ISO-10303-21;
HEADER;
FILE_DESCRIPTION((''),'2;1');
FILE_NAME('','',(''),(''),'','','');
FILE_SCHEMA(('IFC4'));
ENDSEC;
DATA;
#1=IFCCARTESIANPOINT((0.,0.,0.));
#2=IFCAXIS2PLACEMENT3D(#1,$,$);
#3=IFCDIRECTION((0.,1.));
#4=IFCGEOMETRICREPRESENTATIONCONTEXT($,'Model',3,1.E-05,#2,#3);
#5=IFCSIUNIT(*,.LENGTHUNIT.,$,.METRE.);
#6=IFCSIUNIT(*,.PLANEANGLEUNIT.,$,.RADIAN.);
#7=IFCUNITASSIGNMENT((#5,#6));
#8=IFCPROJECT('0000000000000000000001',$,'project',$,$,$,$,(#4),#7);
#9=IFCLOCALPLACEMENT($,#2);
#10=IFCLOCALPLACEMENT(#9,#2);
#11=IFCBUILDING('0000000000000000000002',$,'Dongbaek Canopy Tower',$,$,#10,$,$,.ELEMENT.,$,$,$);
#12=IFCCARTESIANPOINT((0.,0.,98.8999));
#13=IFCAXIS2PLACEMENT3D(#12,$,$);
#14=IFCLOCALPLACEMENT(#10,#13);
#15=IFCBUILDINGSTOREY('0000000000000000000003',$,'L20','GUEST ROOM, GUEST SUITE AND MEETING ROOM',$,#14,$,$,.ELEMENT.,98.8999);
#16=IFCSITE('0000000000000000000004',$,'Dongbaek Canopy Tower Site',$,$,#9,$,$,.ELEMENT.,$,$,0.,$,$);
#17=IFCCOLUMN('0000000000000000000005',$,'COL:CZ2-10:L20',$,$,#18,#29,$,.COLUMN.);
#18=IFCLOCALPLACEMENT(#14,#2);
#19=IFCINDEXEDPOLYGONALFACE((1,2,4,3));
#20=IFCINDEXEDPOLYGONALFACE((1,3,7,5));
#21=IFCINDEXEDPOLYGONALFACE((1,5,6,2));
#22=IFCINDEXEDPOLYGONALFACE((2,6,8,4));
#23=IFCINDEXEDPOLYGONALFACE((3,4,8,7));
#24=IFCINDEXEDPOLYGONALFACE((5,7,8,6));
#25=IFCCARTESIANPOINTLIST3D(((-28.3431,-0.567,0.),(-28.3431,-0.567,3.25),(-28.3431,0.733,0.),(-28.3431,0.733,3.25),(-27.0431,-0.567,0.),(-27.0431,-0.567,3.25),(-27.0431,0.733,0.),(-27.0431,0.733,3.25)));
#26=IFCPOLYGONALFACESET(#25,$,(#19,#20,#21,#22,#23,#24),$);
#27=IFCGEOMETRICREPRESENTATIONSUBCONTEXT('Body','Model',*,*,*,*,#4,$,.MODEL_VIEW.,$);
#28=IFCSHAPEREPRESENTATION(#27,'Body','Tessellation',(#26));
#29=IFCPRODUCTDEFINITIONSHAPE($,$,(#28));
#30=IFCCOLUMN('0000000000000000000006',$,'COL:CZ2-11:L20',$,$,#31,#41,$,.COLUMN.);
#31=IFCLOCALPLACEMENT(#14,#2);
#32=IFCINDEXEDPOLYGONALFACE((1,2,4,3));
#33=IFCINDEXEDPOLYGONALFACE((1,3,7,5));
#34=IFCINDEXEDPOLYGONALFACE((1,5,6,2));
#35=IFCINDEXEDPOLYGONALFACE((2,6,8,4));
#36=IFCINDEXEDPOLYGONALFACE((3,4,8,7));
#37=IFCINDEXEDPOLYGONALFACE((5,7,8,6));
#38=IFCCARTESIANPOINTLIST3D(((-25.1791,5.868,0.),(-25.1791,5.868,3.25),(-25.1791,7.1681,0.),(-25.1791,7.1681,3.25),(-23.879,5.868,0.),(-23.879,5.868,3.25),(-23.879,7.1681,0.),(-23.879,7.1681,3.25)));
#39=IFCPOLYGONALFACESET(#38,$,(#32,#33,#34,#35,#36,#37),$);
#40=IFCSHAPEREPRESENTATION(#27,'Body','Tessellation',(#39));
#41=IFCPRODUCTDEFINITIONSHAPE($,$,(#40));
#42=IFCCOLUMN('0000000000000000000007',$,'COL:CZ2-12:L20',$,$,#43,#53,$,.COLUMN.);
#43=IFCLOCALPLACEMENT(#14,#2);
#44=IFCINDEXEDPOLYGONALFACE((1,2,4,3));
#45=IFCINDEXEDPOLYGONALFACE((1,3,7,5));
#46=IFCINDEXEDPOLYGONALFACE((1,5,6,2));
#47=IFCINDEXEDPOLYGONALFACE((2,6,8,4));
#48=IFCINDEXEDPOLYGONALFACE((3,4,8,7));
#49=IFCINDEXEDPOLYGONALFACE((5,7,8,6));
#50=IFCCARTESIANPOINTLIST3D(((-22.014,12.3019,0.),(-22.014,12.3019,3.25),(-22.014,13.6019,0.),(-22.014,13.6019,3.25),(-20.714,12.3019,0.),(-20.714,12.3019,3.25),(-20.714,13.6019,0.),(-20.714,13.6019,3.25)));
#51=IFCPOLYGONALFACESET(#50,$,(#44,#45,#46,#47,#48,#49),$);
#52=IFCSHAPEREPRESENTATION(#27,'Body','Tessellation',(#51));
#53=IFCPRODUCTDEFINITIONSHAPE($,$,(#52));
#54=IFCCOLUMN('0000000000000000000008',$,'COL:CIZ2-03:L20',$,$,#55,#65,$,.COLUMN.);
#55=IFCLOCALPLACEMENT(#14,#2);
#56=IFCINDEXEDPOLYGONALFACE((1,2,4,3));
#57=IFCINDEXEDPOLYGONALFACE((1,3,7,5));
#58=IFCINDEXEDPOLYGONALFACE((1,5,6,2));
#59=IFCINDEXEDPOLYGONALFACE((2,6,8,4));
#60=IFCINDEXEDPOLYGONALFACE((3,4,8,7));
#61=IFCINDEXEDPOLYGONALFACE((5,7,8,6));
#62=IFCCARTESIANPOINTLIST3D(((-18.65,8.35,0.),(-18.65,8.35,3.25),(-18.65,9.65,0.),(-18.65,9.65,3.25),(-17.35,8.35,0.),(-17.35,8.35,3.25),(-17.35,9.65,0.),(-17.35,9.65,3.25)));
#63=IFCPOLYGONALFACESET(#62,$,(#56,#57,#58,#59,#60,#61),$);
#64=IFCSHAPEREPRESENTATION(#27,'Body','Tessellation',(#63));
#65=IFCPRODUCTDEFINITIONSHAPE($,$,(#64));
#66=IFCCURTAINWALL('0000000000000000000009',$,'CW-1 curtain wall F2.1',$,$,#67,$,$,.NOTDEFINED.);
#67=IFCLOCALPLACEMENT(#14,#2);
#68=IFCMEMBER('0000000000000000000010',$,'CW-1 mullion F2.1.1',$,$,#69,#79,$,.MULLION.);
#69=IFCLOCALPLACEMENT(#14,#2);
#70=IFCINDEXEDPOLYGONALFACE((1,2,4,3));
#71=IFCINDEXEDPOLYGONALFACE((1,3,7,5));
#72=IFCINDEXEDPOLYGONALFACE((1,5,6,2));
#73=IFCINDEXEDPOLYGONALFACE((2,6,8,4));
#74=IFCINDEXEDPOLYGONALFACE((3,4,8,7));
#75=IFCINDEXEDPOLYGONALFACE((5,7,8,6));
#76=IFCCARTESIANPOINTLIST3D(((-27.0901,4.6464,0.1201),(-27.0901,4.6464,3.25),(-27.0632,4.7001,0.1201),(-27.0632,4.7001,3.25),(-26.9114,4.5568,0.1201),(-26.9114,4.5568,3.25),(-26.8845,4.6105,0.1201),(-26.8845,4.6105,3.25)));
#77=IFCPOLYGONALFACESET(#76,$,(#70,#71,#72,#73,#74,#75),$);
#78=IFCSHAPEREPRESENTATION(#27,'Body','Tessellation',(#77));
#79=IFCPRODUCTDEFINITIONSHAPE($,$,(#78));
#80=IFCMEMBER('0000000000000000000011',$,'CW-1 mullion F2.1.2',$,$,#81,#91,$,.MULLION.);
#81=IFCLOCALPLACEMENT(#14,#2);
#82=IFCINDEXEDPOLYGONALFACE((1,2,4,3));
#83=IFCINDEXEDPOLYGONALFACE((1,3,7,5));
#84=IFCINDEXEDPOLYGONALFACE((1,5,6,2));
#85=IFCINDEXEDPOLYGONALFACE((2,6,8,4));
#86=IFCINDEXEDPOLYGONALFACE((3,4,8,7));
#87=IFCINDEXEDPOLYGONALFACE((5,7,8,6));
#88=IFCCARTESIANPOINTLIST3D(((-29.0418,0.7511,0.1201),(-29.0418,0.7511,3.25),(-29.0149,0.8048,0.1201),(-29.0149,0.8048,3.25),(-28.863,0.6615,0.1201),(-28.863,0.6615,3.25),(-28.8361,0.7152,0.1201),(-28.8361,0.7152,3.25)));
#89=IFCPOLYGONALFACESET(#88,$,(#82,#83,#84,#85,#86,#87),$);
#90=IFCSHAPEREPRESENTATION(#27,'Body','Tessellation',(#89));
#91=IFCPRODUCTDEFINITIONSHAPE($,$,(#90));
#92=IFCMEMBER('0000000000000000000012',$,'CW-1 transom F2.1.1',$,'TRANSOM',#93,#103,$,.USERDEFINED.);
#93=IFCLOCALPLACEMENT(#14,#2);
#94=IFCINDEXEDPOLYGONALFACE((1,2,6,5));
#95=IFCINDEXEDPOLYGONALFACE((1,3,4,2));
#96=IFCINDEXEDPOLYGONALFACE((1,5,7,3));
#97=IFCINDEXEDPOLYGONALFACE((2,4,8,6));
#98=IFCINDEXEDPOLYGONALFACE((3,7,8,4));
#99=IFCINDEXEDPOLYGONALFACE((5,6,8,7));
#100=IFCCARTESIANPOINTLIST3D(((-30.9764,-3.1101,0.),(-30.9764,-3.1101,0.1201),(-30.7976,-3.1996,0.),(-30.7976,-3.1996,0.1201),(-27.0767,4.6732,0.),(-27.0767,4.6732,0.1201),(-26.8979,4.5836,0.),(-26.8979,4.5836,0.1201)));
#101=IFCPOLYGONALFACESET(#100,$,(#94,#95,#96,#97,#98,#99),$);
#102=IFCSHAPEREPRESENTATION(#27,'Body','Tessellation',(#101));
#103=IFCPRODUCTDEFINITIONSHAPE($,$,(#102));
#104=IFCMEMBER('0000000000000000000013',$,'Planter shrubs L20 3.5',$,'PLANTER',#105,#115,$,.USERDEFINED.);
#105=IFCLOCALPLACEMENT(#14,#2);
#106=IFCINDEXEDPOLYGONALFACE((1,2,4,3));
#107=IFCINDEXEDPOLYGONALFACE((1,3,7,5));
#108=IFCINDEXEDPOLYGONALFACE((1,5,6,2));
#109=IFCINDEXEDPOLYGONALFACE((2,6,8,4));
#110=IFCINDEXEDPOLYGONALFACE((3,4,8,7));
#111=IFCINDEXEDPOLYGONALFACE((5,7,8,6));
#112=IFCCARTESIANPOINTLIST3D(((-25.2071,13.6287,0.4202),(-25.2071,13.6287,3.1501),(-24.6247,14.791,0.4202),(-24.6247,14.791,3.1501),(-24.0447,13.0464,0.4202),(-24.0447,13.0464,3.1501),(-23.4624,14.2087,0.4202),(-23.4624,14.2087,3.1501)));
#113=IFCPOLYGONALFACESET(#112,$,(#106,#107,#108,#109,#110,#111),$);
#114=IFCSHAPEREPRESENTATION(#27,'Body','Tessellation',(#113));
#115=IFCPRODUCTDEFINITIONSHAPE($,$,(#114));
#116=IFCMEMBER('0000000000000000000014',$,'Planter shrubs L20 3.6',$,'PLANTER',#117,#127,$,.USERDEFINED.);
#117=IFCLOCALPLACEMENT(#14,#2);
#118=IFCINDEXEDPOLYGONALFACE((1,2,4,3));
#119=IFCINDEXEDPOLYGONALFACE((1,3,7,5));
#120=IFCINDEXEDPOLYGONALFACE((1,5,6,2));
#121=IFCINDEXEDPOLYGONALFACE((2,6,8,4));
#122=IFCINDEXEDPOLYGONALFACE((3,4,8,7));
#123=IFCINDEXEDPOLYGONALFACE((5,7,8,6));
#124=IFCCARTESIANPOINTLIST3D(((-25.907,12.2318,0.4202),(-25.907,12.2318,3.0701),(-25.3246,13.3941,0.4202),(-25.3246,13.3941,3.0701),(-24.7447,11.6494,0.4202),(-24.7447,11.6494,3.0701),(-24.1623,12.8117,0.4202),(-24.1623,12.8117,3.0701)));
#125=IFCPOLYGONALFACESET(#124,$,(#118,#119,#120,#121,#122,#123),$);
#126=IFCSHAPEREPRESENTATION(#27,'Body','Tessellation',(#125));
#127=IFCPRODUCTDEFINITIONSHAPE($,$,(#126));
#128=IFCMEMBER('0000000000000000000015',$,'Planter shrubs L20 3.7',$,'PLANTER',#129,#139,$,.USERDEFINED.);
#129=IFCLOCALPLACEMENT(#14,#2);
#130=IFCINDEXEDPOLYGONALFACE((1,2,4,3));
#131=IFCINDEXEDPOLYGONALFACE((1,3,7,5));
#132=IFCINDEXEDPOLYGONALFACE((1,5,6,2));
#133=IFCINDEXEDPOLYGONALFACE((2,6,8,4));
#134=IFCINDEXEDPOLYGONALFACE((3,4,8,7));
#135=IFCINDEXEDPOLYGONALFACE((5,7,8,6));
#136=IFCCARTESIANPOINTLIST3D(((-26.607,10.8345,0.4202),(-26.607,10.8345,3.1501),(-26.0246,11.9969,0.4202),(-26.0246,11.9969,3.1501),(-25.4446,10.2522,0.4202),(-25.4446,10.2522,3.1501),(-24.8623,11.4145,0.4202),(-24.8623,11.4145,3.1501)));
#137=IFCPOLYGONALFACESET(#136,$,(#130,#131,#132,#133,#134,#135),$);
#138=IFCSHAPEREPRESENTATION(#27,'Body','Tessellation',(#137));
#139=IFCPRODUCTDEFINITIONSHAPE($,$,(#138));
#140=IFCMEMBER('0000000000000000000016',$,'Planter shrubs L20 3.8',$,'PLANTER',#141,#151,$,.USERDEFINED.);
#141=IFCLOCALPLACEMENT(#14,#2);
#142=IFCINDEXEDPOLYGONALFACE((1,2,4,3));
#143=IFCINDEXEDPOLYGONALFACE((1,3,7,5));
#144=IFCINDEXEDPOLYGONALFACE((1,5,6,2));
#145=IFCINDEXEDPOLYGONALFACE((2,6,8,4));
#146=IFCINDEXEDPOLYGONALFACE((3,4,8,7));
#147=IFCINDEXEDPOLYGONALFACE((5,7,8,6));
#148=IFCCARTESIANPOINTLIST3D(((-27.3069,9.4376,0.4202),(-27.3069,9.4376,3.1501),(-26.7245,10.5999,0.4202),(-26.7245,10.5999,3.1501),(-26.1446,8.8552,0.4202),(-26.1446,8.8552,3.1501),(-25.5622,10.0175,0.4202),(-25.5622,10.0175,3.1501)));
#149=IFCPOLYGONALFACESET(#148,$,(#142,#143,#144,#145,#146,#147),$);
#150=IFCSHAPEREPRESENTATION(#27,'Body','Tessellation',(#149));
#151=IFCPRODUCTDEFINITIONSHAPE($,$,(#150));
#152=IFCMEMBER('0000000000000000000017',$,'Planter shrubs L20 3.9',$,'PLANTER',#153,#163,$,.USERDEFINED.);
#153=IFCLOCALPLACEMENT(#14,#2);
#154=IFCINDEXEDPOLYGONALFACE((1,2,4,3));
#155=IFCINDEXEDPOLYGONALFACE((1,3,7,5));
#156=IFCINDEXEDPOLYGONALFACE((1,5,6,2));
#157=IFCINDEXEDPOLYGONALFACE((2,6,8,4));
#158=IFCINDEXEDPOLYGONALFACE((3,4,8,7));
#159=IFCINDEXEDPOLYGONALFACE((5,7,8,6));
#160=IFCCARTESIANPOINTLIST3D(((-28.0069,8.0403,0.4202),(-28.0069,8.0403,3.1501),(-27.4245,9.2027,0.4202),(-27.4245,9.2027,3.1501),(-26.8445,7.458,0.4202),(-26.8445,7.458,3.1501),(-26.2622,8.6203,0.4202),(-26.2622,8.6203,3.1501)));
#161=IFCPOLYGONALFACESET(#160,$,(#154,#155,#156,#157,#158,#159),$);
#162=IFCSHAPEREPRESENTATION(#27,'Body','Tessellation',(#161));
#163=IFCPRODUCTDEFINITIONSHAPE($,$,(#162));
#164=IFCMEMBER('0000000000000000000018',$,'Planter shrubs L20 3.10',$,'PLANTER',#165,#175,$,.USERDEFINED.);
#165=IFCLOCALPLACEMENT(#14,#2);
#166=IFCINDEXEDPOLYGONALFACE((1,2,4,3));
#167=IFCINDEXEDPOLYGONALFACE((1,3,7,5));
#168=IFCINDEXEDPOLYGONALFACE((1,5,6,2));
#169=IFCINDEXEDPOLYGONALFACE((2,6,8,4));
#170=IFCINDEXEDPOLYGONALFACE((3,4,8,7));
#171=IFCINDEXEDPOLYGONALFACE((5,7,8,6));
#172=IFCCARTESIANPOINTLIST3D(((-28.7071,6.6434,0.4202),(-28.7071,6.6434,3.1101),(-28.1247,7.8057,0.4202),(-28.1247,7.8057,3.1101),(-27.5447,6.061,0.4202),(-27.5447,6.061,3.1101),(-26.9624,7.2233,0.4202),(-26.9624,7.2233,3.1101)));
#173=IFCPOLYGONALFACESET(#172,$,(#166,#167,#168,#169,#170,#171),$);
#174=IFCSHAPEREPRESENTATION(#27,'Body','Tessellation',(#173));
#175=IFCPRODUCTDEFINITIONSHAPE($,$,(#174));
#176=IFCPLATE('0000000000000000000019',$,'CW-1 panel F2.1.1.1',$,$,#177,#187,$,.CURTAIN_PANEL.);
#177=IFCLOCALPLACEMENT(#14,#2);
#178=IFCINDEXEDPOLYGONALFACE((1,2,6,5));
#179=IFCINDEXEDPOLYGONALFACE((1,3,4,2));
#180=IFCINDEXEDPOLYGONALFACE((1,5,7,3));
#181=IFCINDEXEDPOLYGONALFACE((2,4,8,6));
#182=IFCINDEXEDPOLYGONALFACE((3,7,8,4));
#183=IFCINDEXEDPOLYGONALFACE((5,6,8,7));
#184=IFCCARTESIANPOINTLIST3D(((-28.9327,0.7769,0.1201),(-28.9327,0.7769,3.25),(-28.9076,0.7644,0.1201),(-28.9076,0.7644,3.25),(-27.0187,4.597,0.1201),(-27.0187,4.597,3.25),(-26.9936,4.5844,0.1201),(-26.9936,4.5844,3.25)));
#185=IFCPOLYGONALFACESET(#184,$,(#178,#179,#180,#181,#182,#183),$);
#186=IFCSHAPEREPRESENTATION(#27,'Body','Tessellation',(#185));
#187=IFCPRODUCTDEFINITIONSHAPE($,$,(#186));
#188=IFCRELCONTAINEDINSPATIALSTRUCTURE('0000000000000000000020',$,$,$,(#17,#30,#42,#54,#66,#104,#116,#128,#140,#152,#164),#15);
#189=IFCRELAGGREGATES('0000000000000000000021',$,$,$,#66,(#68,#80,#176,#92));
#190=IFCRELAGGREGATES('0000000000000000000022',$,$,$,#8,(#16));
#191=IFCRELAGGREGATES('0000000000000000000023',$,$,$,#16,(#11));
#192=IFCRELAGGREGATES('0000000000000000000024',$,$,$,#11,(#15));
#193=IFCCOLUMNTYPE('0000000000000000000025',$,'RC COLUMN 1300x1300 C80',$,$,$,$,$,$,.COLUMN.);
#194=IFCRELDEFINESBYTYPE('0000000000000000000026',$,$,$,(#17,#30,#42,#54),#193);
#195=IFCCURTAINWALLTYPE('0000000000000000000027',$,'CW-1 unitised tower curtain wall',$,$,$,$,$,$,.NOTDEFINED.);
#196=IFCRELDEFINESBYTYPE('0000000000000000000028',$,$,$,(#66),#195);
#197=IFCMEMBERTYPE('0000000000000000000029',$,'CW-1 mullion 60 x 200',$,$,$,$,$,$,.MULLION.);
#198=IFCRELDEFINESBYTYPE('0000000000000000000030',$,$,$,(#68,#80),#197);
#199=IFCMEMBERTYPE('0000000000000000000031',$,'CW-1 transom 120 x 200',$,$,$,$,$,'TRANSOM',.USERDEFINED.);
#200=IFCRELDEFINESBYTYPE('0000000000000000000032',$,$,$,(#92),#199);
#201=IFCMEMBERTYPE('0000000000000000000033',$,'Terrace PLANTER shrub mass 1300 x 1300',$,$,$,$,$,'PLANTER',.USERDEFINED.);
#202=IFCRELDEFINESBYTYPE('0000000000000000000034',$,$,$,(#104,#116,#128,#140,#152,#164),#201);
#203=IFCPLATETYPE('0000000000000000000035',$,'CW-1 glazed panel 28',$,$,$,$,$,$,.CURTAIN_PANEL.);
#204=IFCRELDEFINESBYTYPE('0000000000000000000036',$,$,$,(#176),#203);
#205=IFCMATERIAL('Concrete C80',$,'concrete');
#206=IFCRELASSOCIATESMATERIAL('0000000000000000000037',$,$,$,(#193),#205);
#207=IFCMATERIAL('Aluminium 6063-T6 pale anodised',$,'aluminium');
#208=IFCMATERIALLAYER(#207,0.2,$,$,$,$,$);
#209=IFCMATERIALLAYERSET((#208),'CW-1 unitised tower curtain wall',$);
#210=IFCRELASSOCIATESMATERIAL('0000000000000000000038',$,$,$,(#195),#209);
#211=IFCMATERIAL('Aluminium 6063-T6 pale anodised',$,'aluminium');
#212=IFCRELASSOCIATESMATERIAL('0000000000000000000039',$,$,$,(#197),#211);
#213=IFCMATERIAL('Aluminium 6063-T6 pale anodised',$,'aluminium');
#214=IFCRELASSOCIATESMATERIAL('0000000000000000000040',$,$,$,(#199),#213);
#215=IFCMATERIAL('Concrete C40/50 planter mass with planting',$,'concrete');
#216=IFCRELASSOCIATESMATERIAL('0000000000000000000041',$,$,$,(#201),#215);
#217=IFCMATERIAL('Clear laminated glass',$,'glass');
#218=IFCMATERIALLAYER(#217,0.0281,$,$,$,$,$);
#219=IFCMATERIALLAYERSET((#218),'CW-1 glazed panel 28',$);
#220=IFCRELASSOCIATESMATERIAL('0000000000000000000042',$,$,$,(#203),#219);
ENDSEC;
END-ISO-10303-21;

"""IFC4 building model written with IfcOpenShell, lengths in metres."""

from ifc_helpers import new_model, si_unit, direction, frame, origin, origin_2d, place, context, subcontext, project, spatial, rectangle, extrude, material, layer, layer_set, material_profile, profile_set, type_object, element, aggregate, save


model = new_model("IFC4")

# Units and contexts
model_context = context("Model", 3, precision=1e-05, world=origin(), true_north=direction((0.0, 1.0)))
body_context = subcontext(model_context, "Body", "Model", "MODEL_VIEW")
ifc_project = project(units=[si_unit("LENGTHUNIT", "METRE"), si_unit("PLANEANGLEUNIT", "RADIAN")], contexts=[model_context])

# Site, building, storey
site_placement = place(None, origin())
site = spatial("IfcSite", under=ifc_project, at=site_placement, Name="Dongbaek Canopy Tower Site", CompositionType="ELEMENT", RefElevation=0.0)
building_placement = place(site_placement, origin())
building = spatial("IfcBuilding", under=site, at=building_placement, Name="Dongbaek Canopy Tower", CompositionType="ELEMENT")
storey_placement = place(building_placement, frame((0.0, 0.0, 98.8999)))
storey = spatial("IfcBuildingStorey", under=building, at=storey_placement, Name="L20", Description="GUEST ROOM, GUEST SUITE AND MEETING ROOM", CompositionType="ELEMENT", Elevation=98.8999)

# Columns
ifc_material_1 = material(Name="Concrete C80", Category="concrete")
ifc_material_profile_1 = material_profile(ifc_material_1, rectangle(XDim=1.3, YDim=1.3, at=origin_2d()), Name="RC COLUMN 1300x1300 C80")
ifc_profile_set_1 = profile_set([ifc_material_profile_1], Name="Concrete C80")
column_type = type_object("IfcColumnType", Name="RC COLUMN 1300x1300 C80", PredefinedType="COLUMN", material=ifc_profile_set_1)
for number, where, z_axis, x_axis, name in (
    (1, (-27.6931, 0.083, 0.0), (0.0, 0.0, 1.0), (1.0, 0.0, 0.0), "COL:CZ2-10:L20"),
    (2, (-24.5291, 6.5181, 0.0), (0.0, 0.0, 1.0), (1.0, 0.0, 0.0), "COL:CZ2-11:L20"),
    (3, (-21.364, 12.9519, 0.0), (0.0, 0.0, 1.0), (1.0, 0.0, 0.0), "COL:CZ2-12:L20"),
    (4, (-18.0, 9.0, 0.0), (0.0, 0.0, 1.0), (1.0, 0.0, 0.0), "COL:CIZ2-03:L20"),
):
    element("IfcColumn", number, at=place(storey_placement, frame(where, z_axis=z_axis, x_axis=x_axis)), inside=storey, type_object=column_type, Name=name, PredefinedType="COLUMN", context=body_context, shape_type="SweptSolid", body=[
        extrude(rectangle(XDim=1.3, YDim=1.3, at=origin_2d()), origin(), (0.0, 0.0, 1.0), 3.25),
    ])

# Curtain wall, members
ifc_material_2 = material(Name="Aluminium 6063-T6 pale anodised", Category="aluminium")
ifc_layer_1 = layer(ifc_material_2, 0.2)
ifc_layer_set_1 = layer_set([ifc_layer_1], Name="CW-1 unitised tower curtain wall")
curtain_wall_type = type_object("IfcCurtainWallType", Name="CW-1 unitised tower curtain wall", PredefinedType="NOTDEFINED", material=ifc_layer_set_1)
curtain_wall_placement = place(storey_placement, origin())
curtain_wall = element("IfcCurtainWall", 5, at=curtain_wall_placement, inside=storey, type_object=curtain_wall_type, Name="CW-1 curtain wall F2.1", PredefinedType="NOTDEFINED")
ifc_material_3 = material(Name="Aluminium 6063-T6 pale anodised", Category="aluminium")
ifc_material_profile_2 = material_profile(ifc_material_3, rectangle(XDim=0.2, YDim=0.0601, at=origin_2d()), Name="CW-1 mullion 60 x 200")
ifc_profile_set_2 = profile_set([ifc_material_profile_2], Name="Aluminium 6063-T6 pale anodised")
member_type_1 = type_object("IfcMemberType", Name="CW-1 mullion 60 x 200", PredefinedType="MULLION", material=ifc_profile_set_2)
member_1_placement = place(storey_placement, frame((-26.9873, 4.6284, 0.1201), z_axis=(0.0, 0.0, 1.0), x_axis=(-0.894056, 0.447956, 0.0)))
member_1 = element("IfcMember", 6, at=member_1_placement, type_object=member_type_1, Name="CW-1 mullion F2.1.1", PredefinedType="MULLION", context=body_context, shape_type="SweptSolid", body=[
    extrude(rectangle(XDim=0.2, YDim=0.0601, at=origin_2d()), origin(), (0.0, 0.0, 1.0), 3.1299),
])
member_2_placement = place(storey_placement, frame((-28.939, 0.7332, 0.1201), z_axis=(0.0, 0.0, 1.0), x_axis=(-0.894056, 0.447956, 0.0)))
member_2 = element("IfcMember", 7, at=member_2_placement, type_object=member_type_1, Name="CW-1 mullion F2.1.2", PredefinedType="MULLION", context=body_context, shape_type="SweptSolid", body=[
    extrude(rectangle(XDim=0.2, YDim=0.0601, at=origin_2d()), origin(), (0.0, 0.0, 1.0), 3.1299),
])
ifc_material_4 = material(Name="Aluminium 6063-T6 pale anodised", Category="aluminium")
ifc_material_profile_3 = material_profile(ifc_material_4, rectangle(XDim=0.2, YDim=0.1201, at=origin_2d()), Name="CW-1 transom 120 x 200")
ifc_profile_set_3 = profile_set([ifc_material_profile_3], Name="Aluminium 6063-T6 pale anodised")
member_type_2 = type_object("IfcMemberType", Name="CW-1 transom 120 x 200", ElementType="TRANSOM", PredefinedType="USERDEFINED", material=ifc_profile_set_3)
member_3_placement = place(storey_placement, frame((-26.9873, 4.6284, 0.0601), z_axis=(-0.447954, -0.894057, 0.0), x_axis=(0.894057, -0.447954, 0.0)))
member_3 = element("IfcMember", 8, at=member_3_placement, type_object=member_type_2, Name="CW-1 transom F2.1.1", ObjectType="TRANSOM", PredefinedType="USERDEFINED", context=body_context, shape_type="SweptSolid", body=[
    extrude(rectangle(XDim=0.2, YDim=0.1201, at=origin_2d()), origin(), (0.0, 0.0, 1.0), 8.7056),
])

# Members
ifc_material_5 = material(Name="Concrete C40/50 planter mass with planting", Category="concrete")
ifc_material_profile_4 = material_profile(ifc_material_5, rectangle(XDim=1.3, YDim=1.3, at=origin_2d()), Name="Terrace PLANTER shrub mass 1300 x 1300")
ifc_profile_set_4 = profile_set([ifc_material_profile_4], Name="Concrete C40/50 planter mass with planting")
member_type_3 = type_object("IfcMemberType", Name="Terrace PLANTER shrub mass 1300 x 1300", ElementType="PLANTER", PredefinedType="USERDEFINED", material=ifc_profile_set_4)
member_4_placement = place(storey_placement, frame((-24.3347, 13.9187, 0.4202), z_axis=(0.0, 0.0, 1.0), x_axis=(-0.894056, 0.447956, 0.0)))
element("IfcMember", 9, at=member_4_placement, inside=storey, type_object=member_type_3, Name="Planter shrubs L20 3.5", ObjectType="PLANTER", PredefinedType="USERDEFINED", context=body_context, shape_type="SweptSolid", body=[
    extrude(rectangle(XDim=1.3, YDim=1.3, at=origin_2d()), origin(), (0.0, 0.0, 1.0), 2.73),
])
member_5_placement = place(storey_placement, frame((-25.0347, 12.5217, 0.4202), z_axis=(0.0, 0.0, 1.0), x_axis=(-0.894056, 0.447956, 0.0)))
element("IfcMember", 10, at=member_5_placement, inside=storey, type_object=member_type_3, Name="Planter shrubs L20 3.6", ObjectType="PLANTER", PredefinedType="USERDEFINED", context=body_context, shape_type="SweptSolid", body=[
    extrude(rectangle(XDim=1.3, YDim=1.3, at=origin_2d()), origin(), (0.0, 0.0, 1.0), 2.6499),
])
for number, where, z_axis, x_axis, name in (
    (11, (-25.7346, 11.1245, 0.4202), (0.0, 0.0, 1.0), (-0.894056, 0.447956, 0.0), "Planter shrubs L20 3.7"),
    (12, (-26.4346, 9.7275, 0.4202), (0.0, 0.0, 1.0), (-0.894056, 0.447956, 0.0), "Planter shrubs L20 3.8"),
    (13, (-27.1345, 8.3303, 0.4202), (0.0, 0.0, 1.0), (-0.894056, 0.447956, 0.0), "Planter shrubs L20 3.9"),
):
    element("IfcMember", number, at=place(storey_placement, frame(where, z_axis=z_axis, x_axis=x_axis)), inside=storey, type_object=member_type_3, Name=name, ObjectType="PLANTER", PredefinedType="USERDEFINED", context=body_context, shape_type="SweptSolid", body=[
        extrude(rectangle(XDim=1.3, YDim=1.3, at=origin_2d()), origin(), (0.0, 0.0, 1.0), 2.73),
    ])
member_6_placement = place(storey_placement, frame((-27.8347, 6.9333, 0.4202), z_axis=(0.0, 0.0, 1.0), x_axis=(-0.894056, 0.447956, 0.0)))
element("IfcMember", 14, at=member_6_placement, inside=storey, type_object=member_type_3, Name="Planter shrubs L20 3.10", ObjectType="PLANTER", PredefinedType="USERDEFINED", context=body_context, shape_type="SweptSolid", body=[
    extrude(rectangle(XDim=1.3, YDim=1.3, at=origin_2d()), origin(), (0.0, 0.0, 1.0), 2.6899),
])

# Plate
ifc_material_6 = material(Name="Clear laminated glass", Category="glass")
ifc_layer_2 = layer(ifc_material_6, 0.0281)
ifc_layer_set_2 = layer_set([ifc_layer_2], Name="CW-1 glazed panel 28")
plate_type = type_object("IfcPlateType", Name="CW-1 glazed panel 28", PredefinedType="CURTAIN_PANEL", material=ifc_layer_set_2)
plate_placement = place(storey_placement, frame((-27.9631, 2.6807, 0.1201), z_axis=(0.0, 0.0, 1.0), x_axis=(-0.447956, -0.894056, 0.0)))
plate = element("IfcPlate", 15, at=plate_placement, type_object=plate_type, Name="CW-1 panel F2.1.1.1", PredefinedType="CURTAIN_PANEL", context=body_context, shape_type="SweptSolid", body=[
    extrude(rectangle(XDim=4.2727, YDim=0.0281, at=origin_2d()), origin(), (0.0, 0.0, 1.0), 3.1299),
])

aggregate(curtain_wall, [member_1, member_2, plate, member_3])

save(model, "model.ifc")
